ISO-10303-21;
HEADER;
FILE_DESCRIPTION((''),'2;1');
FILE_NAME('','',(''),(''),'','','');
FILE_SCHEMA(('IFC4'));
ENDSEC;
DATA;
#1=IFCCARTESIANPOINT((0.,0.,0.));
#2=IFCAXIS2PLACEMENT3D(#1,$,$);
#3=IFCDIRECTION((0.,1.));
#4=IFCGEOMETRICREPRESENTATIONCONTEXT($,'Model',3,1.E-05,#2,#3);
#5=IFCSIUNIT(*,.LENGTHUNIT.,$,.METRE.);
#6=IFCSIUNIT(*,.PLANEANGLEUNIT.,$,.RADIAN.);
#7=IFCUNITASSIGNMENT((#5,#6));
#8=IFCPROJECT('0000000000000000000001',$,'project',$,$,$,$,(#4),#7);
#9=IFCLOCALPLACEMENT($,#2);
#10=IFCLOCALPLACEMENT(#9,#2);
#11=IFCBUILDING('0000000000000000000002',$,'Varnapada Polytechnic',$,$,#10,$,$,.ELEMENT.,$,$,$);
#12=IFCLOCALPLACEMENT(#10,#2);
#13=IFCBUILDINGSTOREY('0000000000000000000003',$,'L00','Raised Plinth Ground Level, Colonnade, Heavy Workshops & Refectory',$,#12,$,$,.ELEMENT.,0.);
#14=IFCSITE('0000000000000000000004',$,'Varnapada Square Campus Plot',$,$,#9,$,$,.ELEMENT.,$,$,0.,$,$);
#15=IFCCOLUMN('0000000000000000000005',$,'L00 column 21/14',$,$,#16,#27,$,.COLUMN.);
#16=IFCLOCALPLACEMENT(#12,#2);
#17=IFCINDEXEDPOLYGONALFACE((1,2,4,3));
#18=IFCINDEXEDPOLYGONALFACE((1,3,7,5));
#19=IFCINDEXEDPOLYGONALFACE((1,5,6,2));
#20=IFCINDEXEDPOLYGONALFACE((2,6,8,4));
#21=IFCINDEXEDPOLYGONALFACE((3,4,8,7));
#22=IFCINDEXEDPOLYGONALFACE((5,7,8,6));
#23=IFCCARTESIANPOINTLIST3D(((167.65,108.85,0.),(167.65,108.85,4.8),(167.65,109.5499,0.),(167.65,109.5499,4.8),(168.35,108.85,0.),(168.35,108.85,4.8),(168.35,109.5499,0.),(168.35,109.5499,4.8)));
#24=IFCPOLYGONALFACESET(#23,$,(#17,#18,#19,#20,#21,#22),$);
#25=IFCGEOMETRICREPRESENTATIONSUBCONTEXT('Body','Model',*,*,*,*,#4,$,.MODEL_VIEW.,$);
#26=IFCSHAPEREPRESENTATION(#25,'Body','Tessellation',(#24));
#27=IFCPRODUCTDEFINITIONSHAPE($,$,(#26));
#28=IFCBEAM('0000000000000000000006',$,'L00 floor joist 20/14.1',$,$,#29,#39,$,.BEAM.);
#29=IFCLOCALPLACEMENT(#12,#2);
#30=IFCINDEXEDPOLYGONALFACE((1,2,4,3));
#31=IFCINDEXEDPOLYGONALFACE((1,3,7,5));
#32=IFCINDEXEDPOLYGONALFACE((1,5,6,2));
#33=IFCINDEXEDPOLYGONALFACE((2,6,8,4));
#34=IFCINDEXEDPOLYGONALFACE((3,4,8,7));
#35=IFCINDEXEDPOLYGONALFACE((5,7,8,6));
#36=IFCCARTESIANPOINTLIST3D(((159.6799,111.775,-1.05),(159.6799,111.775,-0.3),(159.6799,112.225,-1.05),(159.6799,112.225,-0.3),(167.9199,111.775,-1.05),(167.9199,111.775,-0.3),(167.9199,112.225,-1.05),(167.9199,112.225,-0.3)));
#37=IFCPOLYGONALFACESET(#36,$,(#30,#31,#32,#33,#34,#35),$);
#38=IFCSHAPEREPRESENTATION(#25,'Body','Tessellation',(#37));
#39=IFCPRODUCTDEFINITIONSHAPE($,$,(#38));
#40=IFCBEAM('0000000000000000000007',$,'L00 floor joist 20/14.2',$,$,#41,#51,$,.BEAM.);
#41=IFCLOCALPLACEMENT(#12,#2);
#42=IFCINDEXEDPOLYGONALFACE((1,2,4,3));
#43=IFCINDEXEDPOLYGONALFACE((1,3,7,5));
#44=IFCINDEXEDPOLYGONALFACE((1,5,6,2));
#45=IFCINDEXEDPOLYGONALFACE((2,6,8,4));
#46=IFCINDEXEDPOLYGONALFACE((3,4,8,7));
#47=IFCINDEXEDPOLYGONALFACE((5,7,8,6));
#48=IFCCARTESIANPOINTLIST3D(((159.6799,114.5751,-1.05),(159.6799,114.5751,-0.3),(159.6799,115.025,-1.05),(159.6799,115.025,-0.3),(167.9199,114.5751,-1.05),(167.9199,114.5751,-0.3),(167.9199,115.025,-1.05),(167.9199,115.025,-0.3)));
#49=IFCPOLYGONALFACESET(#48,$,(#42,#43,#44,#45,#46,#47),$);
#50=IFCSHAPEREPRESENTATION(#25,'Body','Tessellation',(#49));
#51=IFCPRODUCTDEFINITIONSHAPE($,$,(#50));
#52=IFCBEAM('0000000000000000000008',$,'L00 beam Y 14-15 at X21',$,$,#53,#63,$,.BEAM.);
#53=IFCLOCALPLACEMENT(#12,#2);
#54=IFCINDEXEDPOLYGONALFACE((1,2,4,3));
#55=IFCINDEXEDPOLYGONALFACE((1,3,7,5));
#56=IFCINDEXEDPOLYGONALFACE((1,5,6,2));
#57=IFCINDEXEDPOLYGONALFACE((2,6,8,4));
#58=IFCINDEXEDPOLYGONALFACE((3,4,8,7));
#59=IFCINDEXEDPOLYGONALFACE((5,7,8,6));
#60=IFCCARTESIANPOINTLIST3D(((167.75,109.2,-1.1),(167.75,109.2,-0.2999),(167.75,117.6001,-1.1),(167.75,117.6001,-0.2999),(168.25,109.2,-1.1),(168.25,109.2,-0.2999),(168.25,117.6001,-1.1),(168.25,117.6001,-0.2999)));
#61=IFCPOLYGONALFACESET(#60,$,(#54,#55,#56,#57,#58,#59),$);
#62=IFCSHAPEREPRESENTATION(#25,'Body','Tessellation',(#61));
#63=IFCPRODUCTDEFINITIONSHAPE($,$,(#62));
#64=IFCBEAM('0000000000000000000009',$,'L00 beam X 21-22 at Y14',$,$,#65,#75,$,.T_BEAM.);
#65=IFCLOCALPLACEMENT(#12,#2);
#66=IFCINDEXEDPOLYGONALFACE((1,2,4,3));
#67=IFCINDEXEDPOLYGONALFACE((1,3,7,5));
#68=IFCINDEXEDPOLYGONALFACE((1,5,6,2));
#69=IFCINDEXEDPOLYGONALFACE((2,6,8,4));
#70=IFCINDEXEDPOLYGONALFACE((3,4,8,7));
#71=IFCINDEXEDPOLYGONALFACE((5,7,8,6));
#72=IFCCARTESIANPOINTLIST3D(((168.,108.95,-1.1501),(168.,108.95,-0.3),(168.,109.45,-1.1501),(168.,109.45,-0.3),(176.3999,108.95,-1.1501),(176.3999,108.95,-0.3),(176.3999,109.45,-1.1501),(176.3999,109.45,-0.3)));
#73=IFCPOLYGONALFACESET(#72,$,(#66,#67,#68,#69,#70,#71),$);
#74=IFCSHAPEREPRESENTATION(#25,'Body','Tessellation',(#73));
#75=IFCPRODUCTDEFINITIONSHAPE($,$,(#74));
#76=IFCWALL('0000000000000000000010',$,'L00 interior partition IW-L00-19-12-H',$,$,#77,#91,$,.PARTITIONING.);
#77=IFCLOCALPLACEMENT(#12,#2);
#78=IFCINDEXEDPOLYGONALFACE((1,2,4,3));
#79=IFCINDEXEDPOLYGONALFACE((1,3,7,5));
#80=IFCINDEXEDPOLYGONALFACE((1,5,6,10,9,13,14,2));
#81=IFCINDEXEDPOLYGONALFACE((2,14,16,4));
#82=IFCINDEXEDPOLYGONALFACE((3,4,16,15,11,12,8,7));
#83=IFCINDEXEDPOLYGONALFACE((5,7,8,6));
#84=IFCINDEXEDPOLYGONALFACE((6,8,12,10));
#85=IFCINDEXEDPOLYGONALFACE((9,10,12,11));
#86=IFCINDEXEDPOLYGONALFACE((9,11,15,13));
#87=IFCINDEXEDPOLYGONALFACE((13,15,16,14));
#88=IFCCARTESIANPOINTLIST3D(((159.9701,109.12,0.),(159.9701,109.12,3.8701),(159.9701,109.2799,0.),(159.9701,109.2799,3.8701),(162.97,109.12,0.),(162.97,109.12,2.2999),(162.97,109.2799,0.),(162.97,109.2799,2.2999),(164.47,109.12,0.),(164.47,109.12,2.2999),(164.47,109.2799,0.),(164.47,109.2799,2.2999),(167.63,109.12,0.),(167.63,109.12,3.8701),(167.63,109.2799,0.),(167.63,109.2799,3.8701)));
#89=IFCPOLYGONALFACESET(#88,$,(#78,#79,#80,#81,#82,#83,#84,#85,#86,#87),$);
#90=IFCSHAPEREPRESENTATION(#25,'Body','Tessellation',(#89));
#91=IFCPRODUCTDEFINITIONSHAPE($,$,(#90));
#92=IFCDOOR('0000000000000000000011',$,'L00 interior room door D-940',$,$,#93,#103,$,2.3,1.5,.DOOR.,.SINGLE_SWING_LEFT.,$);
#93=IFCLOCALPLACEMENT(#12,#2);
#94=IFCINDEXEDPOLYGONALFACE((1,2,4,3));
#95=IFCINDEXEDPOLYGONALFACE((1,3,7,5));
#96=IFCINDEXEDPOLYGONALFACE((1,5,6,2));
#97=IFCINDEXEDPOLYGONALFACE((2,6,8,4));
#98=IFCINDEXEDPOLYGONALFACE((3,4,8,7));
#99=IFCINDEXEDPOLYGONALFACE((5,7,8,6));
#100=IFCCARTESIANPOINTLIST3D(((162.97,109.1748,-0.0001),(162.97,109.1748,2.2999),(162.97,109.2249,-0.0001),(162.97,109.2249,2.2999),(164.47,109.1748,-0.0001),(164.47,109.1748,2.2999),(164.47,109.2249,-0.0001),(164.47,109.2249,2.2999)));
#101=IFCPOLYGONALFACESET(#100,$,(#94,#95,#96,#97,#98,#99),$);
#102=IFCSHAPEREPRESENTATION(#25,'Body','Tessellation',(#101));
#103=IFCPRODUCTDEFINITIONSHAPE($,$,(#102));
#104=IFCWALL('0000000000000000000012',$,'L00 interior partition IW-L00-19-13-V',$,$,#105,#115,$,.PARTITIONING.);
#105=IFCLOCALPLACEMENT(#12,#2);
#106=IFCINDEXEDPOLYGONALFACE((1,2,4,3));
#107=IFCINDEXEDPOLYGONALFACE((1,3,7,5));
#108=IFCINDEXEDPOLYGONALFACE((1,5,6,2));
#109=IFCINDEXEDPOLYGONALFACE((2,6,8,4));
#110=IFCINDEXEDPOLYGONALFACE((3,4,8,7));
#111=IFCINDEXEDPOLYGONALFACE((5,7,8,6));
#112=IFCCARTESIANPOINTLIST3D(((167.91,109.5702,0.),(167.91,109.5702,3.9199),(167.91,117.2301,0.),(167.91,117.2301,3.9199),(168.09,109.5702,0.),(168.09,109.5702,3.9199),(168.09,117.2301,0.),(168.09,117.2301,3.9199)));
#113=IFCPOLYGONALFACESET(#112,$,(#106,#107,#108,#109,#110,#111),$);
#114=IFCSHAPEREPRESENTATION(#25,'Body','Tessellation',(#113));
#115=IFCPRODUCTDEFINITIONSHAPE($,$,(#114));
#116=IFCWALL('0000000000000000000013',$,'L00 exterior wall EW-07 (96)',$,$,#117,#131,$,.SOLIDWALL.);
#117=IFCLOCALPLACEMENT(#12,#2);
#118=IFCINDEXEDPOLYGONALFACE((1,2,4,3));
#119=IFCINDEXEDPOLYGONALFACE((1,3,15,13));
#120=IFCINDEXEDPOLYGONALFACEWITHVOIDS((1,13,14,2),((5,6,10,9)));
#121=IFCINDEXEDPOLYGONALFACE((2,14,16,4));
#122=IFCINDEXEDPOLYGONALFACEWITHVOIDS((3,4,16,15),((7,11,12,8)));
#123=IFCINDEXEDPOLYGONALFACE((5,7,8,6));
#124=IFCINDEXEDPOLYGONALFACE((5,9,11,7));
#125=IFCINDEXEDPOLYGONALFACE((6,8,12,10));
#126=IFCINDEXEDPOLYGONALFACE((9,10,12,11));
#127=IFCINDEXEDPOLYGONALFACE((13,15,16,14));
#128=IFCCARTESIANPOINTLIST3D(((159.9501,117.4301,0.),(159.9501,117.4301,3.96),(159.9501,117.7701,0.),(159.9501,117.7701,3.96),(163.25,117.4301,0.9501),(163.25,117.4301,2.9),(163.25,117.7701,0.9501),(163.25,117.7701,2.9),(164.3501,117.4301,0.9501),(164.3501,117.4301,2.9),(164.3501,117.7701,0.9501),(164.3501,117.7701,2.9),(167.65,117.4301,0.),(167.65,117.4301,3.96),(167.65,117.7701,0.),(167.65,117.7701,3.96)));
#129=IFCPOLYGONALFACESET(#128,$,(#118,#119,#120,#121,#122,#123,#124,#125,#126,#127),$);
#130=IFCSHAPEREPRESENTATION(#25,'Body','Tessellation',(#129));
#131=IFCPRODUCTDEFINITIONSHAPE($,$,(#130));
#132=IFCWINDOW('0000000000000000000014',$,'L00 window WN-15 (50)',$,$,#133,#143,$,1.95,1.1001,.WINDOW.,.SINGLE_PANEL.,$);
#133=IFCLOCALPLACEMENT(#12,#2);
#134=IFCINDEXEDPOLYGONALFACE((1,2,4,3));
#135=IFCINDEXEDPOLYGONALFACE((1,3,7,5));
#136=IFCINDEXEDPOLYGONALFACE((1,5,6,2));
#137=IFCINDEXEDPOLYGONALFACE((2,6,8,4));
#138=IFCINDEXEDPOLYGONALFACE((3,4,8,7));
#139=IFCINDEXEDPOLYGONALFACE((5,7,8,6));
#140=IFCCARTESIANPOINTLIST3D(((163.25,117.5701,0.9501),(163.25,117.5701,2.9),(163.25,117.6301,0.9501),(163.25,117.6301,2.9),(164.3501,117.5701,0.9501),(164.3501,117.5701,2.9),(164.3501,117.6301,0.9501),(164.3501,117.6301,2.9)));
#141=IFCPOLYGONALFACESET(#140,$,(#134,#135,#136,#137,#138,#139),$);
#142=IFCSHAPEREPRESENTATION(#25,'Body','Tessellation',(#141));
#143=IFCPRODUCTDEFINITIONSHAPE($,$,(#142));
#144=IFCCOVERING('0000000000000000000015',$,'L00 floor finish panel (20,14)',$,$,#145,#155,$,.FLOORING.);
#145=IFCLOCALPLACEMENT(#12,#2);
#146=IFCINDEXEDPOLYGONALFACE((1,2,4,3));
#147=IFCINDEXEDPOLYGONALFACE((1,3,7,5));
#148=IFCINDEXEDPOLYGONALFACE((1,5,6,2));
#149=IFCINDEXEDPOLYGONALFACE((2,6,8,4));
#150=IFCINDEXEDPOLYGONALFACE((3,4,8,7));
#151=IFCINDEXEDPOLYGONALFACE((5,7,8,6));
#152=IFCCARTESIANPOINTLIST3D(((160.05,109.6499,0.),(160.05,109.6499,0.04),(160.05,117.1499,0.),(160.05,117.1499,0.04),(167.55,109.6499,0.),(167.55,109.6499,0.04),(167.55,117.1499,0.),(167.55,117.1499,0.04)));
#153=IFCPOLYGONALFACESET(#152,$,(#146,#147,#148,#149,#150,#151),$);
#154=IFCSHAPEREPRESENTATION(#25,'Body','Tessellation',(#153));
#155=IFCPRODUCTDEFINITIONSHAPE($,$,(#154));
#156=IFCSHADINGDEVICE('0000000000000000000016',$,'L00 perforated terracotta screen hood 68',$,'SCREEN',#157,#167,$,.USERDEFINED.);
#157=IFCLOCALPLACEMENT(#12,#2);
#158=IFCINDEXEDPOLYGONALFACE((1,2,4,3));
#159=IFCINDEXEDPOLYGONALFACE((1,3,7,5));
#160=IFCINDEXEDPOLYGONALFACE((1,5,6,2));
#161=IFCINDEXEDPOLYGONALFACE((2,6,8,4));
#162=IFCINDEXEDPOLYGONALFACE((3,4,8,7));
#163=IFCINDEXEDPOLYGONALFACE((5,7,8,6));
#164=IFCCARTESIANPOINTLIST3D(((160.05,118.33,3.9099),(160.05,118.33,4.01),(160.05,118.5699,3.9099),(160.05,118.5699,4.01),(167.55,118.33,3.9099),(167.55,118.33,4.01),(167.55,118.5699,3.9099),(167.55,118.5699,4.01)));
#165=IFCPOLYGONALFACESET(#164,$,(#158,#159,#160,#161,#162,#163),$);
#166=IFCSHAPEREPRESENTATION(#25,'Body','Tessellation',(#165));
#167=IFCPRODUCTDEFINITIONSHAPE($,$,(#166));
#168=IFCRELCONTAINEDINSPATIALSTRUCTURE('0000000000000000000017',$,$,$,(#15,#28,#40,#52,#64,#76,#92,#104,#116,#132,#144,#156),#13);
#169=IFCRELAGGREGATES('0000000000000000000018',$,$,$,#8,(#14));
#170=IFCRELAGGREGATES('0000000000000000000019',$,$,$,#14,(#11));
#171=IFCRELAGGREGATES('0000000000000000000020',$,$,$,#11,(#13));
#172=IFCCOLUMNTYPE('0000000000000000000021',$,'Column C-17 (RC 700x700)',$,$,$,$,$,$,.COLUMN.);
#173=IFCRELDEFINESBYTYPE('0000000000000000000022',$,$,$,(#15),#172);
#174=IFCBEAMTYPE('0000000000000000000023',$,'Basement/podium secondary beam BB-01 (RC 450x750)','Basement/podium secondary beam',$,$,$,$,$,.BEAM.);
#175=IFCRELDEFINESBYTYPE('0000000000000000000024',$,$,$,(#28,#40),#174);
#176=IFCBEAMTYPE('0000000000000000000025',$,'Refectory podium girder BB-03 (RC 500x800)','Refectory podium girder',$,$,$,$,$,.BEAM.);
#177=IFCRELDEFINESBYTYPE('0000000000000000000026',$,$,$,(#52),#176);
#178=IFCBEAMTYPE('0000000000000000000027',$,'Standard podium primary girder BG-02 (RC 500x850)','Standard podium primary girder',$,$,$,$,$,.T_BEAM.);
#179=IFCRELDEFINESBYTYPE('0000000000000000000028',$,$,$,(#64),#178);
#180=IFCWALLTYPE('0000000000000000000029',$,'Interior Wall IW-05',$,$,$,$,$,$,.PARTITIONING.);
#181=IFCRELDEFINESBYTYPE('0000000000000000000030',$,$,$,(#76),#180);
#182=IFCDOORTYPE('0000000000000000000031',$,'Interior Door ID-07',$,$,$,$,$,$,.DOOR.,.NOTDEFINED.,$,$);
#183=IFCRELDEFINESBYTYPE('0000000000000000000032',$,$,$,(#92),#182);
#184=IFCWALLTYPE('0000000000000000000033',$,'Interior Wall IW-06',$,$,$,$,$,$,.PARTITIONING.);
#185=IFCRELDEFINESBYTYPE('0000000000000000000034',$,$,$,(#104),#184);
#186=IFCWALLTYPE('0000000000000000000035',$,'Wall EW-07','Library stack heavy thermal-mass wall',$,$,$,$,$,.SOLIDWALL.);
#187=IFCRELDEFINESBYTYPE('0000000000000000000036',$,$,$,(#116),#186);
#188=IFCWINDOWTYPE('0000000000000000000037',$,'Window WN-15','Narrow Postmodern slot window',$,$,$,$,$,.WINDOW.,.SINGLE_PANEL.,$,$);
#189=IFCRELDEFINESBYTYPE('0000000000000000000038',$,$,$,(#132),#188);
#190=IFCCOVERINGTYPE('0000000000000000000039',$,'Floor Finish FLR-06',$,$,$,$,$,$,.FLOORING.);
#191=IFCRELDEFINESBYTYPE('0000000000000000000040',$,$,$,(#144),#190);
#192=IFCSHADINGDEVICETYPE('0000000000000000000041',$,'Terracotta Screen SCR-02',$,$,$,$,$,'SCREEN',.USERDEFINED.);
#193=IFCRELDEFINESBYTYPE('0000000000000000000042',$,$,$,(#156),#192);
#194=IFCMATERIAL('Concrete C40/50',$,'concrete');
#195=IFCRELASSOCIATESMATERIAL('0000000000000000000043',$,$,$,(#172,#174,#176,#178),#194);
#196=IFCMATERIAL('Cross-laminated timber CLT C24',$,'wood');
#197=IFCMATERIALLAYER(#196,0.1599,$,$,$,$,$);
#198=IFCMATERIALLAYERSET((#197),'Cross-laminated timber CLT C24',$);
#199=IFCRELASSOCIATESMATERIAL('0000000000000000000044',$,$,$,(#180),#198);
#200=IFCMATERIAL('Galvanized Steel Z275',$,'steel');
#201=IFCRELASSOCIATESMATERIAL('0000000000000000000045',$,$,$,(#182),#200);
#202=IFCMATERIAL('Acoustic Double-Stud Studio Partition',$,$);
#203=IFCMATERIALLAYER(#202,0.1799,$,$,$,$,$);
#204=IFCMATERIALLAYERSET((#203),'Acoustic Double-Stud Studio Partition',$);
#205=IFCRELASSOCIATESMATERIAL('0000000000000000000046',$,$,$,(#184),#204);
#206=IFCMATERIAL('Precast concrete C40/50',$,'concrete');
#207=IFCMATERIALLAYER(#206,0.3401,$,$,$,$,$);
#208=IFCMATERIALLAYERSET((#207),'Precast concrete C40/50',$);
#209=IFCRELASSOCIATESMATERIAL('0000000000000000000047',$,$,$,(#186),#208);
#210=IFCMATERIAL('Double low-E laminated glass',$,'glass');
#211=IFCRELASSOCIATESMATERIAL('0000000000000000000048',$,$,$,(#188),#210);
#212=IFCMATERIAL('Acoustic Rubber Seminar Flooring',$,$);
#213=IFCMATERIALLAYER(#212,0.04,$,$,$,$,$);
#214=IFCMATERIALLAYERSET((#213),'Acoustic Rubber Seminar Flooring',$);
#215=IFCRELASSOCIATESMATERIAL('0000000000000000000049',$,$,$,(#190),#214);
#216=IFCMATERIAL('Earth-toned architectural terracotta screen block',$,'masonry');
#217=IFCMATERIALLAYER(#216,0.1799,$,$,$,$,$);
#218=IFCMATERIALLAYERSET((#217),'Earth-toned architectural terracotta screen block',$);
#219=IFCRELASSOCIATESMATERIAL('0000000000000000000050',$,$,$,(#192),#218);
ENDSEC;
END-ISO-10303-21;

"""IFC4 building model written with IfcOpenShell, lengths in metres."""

from ifc_helpers import new_model, si_unit, direction, frame, frame_2d, origin, origin_2d, place, context, subcontext, project, spatial, rectangle, extrude, material, layer, layer_set, material_profile, profile_set, type_object, element, fill, save


model = new_model("IFC4")

# Units and contexts
model_context = context("Model", 3, precision=1e-05, world=origin(), true_north=direction((0.0, 1.0)))
body_context = subcontext(model_context, "Body", "Model", "MODEL_VIEW")
ifc_project = project(units=[si_unit("LENGTHUNIT", "METRE"), si_unit("PLANEANGLEUNIT", "RADIAN")], contexts=[model_context])

# Site, building, storey
site_placement = place(None, origin())
site = spatial("IfcSite", under=ifc_project, at=site_placement, Name="Varnapada Square Campus Plot", CompositionType="ELEMENT", RefElevation=0.0)
building_placement = place(site_placement, origin())
building = spatial("IfcBuilding", under=site, at=building_placement, Name="Varnapada Polytechnic", CompositionType="ELEMENT")
storey_placement = place(building_placement, origin())
storey = spatial("IfcBuildingStorey", under=building, at=storey_placement, Name="L00", Description="Raised Plinth Ground Level, Colonnade, Heavy Workshops & Refectory", CompositionType="ELEMENT", Elevation=0.0)

# Column
ifc_material_1 = material(Name="Concrete C40/50", Category="concrete")
ifc_material_profile_1 = material_profile(ifc_material_1, rectangle(XDim=0.7, YDim=0.7, at=origin_2d()), Name="RC 700x700")
ifc_profile_set_1 = profile_set([ifc_material_profile_1], Name="Concrete C40/50")
column_type = type_object("IfcColumnType", Name="Column C-17 (RC 700x700)", PredefinedType="COLUMN", material=ifc_profile_set_1)
column_placement = place(storey_placement, frame((168.0, 109.2, 0.0), z_axis=(0.0, 0.0, 1.0), x_axis=(1.0, 0.0, 0.0)))
element("IfcColumn", 1, at=column_placement, inside=storey, type_object=column_type, Name="L00 column 21/14", PredefinedType="COLUMN", context=body_context, shape_type="SweptSolid", body=[
    extrude(rectangle(XDim=0.7, YDim=0.7, at=origin_2d()), origin(), (0.0, 0.0, 1.0), 4.8),
])

# Beams
ifc_material_profile_2 = material_profile(ifc_material_1, rectangle(XDim=0.45, YDim=0.75, at=origin_2d()), Name="RC 450x750")
ifc_profile_set_2 = profile_set([ifc_material_profile_2], Name="Concrete C40/50")
beam_type_1 = type_object("IfcBeamType", Name="Basement/podium secondary beam BB-01 (RC 450x750)", Description="Basement/podium secondary beam", PredefinedType="BEAM", material=ifc_profile_set_2)
for number, where, z_axis, x_axis, name in (
    (2, (159.6799, 112.0, -0.675), (1.0, 0.0, 0.0), (0.0, 1.0, 0.0), "L00 floor joist 20/14.1"),
    (3, (159.6799, 114.8, -0.675), (1.0, 0.0, 0.0), (0.0, 1.0, 0.0), "L00 floor joist 20/14.2"),
):
    element("IfcBeam", number, at=place(storey_placement, frame(where, z_axis=z_axis, x_axis=x_axis)), inside=storey, type_object=beam_type_1, Name=name, PredefinedType="BEAM", context=body_context, shape_type="SweptSolid", body=[
        extrude(rectangle(XDim=0.45, YDim=0.75, at=origin_2d()), origin(), (0.0, 0.0, 1.0), 8.24),
    ])
ifc_material_profile_3 = material_profile(ifc_material_1, rectangle(XDim=0.5, YDim=0.8, at=origin_2d()), Name="RC 500x800")
ifc_profile_set_3 = profile_set([ifc_material_profile_3], Name="Concrete C40/50")
beam_type_2 = type_object("IfcBeamType", Name="Refectory podium girder BB-03 (RC 500x800)", Description="Refectory podium girder", PredefinedType="BEAM", material=ifc_profile_set_3)
beam_1_placement = place(storey_placement, frame((168.0, 109.2, -0.7), z_axis=(0.0, 1.0, 0.0), x_axis=(-1.0, 0.0, 0.0)))
element("IfcBeam", 4, at=beam_1_placement, inside=storey, type_object=beam_type_2, Name="L00 beam Y 14-15 at X21", PredefinedType="BEAM", context=body_context, shape_type="SweptSolid", body=[
    extrude(rectangle(XDim=0.5, YDim=0.8, at=origin_2d()), origin(), (0.0, 0.0, 1.0), 8.4001),
])
ifc_material_profile_4 = material_profile(ifc_material_1, rectangle(XDim=0.5, YDim=0.8501, at=origin_2d()), Name="RC 500x850")
ifc_profile_set_4 = profile_set([ifc_material_profile_4], Name="Concrete C40/50")
beam_type_3 = type_object("IfcBeamType", Name="Standard podium primary girder BG-02 (RC 500x850)", Description="Standard podium primary girder", PredefinedType="T_BEAM", material=ifc_profile_set_4)
beam_2_placement = place(storey_placement, frame((168.0, 109.2, -0.7251), z_axis=(1.0, 0.0, 0.0), x_axis=(0.0, 1.0, 0.0)))
element("IfcBeam", 5, at=beam_2_placement, inside=storey, type_object=beam_type_3, Name="L00 beam X 21-22 at Y14", PredefinedType="T_BEAM", context=body_context, shape_type="SweptSolid", body=[
    extrude(rectangle(XDim=0.5, YDim=0.8501, at=origin_2d()), origin(), (0.0, 0.0, 1.0), 8.3999),
])

# Wall, opening, door
ifc_material_2 = material(Name="Cross-laminated timber CLT C24", Category="wood")
ifc_layer_1 = layer(ifc_material_2, 0.1599)
ifc_layer_set_1 = layer_set([ifc_layer_1], Name="Cross-laminated timber CLT C24")
wall_type_1 = type_object("IfcWallType", Name="Interior Wall IW-05", PredefinedType="PARTITIONING", material=ifc_layer_set_1)
wall_1_placement = place(storey_placement, frame((159.97, 109.2, 0.0), z_axis=(0.0, 0.0, 1.0), x_axis=(1.0, 0.0, 0.0)))
wall_1 = element("IfcWall", 6, at=wall_1_placement, inside=storey, type_object=wall_type_1, Name="L00 interior partition IW-L00-19-12-H", PredefinedType="PARTITIONING", context=body_context, shape_type="SweptSolid", body=[
    extrude(rectangle(XDim=7.6599, YDim=0.1599, at=frame_2d((3.8301, 0.0))), origin(), (0.0, 0.0, 1.0), 3.8701),
])
opening_1_placement = place(wall_1_placement, frame((3.0, 0.0, 0.0)))
opening_1 = element("IfcOpeningElement", 7, at=opening_1_placement, cuts=wall_1, PredefinedType="OPENING", context=body_context, shape_type="SweptSolid", body=[
    extrude(rectangle(XDim=1.5, YDim=2.3, at=frame_2d((0.75, 1.1499))), frame((0.0, 0.0898, 0.0), z_axis=(0.0, -1.0, 0.0), x_axis=(1.0, 0.0, 0.0)), (0.0, 0.0, 1.0), 0.1799),
])
ifc_material_3 = material(Name="Galvanized Steel Z275", Category="steel")
door_type = type_object("IfcDoorType", Name="Interior Door ID-07", OperationType="NOTDEFINED", PredefinedType="DOOR", material=ifc_material_3)
door_placement = place(opening_1_placement, origin())
door = element("IfcDoor", 8, at=door_placement, inside=storey, type_object=door_type, Name="L00 interior room door D-940", OperationType="SINGLE_SWING_LEFT", OverallHeight=2.3, OverallWidth=1.5, PredefinedType="DOOR", context=body_context, shape_type="SweptSolid", body=[
    extrude(rectangle(XDim=1.5, YDim=2.3, at=frame_2d((0.75, 1.1499))), frame((0.0, 0.0249, 0.0), z_axis=(0.0, -1.0, 0.0), x_axis=(1.0, 0.0, 0.0)), (0.0, 0.0, 1.0), 0.05),
])
fill(opening_1, door)

# Wall
ifc_material_4 = material(Name="Acoustic Double-Stud Studio Partition")
ifc_layer_2 = layer(ifc_material_4, 0.1799)
ifc_layer_set_2 = layer_set([ifc_layer_2], Name="Acoustic Double-Stud Studio Partition")
wall_type_2 = type_object("IfcWallType", Name="Interior Wall IW-06", PredefinedType="PARTITIONING", material=ifc_layer_set_2)
wall_2_placement = place(storey_placement, frame((168.0, 109.5701, 0.0), z_axis=(0.0, 0.0, 1.0), x_axis=(0.0, 1.0, 0.0)))
element("IfcWall", 9, at=wall_2_placement, inside=storey, type_object=wall_type_2, Name="L00 interior partition IW-L00-19-13-V", PredefinedType="PARTITIONING", context=body_context, shape_type="SweptSolid", body=[
    extrude(rectangle(XDim=7.6599, YDim=0.1799, at=frame_2d((3.8301, 0.0))), origin(), (0.0, 0.0, 1.0), 3.9199),
])

# Wall, opening, window
ifc_material_5 = material(Name="Precast concrete C40/50", Category="concrete")
ifc_layer_3 = layer(ifc_material_5, 0.3401)
ifc_layer_set_3 = layer_set([ifc_layer_3], Name="Precast concrete C40/50")
wall_type_3 = type_object("IfcWallType", Name="Wall EW-07", Description="Library stack heavy thermal-mass wall", PredefinedType="SOLIDWALL", material=ifc_layer_set_3)
wall_3_placement = place(storey_placement, frame((159.95, 117.6001, 0.0), z_axis=(0.0, 0.0, 1.0), x_axis=(1.0, 0.0, 0.0)))
wall_3 = element("IfcWall", 10, at=wall_3_placement, inside=storey, type_object=wall_type_3, Name="L00 exterior wall EW-07 (96)", PredefinedType="SOLIDWALL", context=body_context, shape_type="SweptSolid", body=[
    extrude(rectangle(XDim=7.7, YDim=0.3401, at=frame_2d((3.8501, 0.0))), origin(), (0.0, 0.0, 1.0), 3.96),
])
opening_2_placement = place(wall_3_placement, frame((3.3, 0.0, 0.95)))
opening_2 = element("IfcOpeningElement", 11, at=opening_2_placement, cuts=wall_3, PredefinedType="OPENING", context=body_context, shape_type="SweptSolid", body=[
    extrude(rectangle(XDim=1.1001, YDim=1.95, at=frame_2d((0.55, 0.9751))), frame((0.0, 0.1799, 0.0), z_axis=(0.0, -1.0, 0.0), x_axis=(1.0, 0.0, 0.0)), (0.0, 0.0, 1.0), 0.3601),
])
ifc_material_6 = material(Name="Double low-E laminated glass", Category="glass")
window_type = type_object("IfcWindowType", Name="Window WN-15", Description="Narrow Postmodern slot window", PartitioningType="SINGLE_PANEL", PredefinedType="WINDOW", material=ifc_material_6)
window_placement = place(opening_2_placement, origin())
window = element("IfcWindow", 12, at=window_placement, inside=storey, type_object=window_type, Name="L00 window WN-15 (50)", OverallHeight=1.95, OverallWidth=1.1001, PartitioningType="SINGLE_PANEL", PredefinedType="WINDOW", context=body_context, shape_type="SweptSolid", body=[
    extrude(rectangle(XDim=1.1001, YDim=1.95, at=frame_2d((0.55, 0.9751))), frame((0.0, 0.03, 0.0), z_axis=(0.0, -1.0, 0.0), x_axis=(1.0, 0.0, 0.0)), (0.0, 0.0, 1.0), 0.0601),
])
fill(opening_2, window)

# Covering
ifc_material_7 = material(Name="Acoustic Rubber Seminar Flooring")
ifc_layer_4 = layer(ifc_material_7, 0.04)
ifc_layer_set_4 = layer_set([ifc_layer_4], Name="Acoustic Rubber Seminar Flooring")
covering_type_1 = type_object("IfcCoveringType", Name="Floor Finish FLR-06", PredefinedType="FLOORING", material=ifc_layer_set_4)
covering_1_placement = place(storey_placement, frame((163.8, 113.3999, 0.0), z_axis=(0.0, 0.0, 1.0), x_axis=(1.0, 0.0, 0.0)))
element("IfcCovering", 13, at=covering_1_placement, inside=storey, type_object=covering_type_1, Name="L00 floor finish panel (20,14)", PredefinedType="FLOORING", context=body_context, shape_type="SweptSolid", body=[
    extrude(rectangle(XDim=7.5, YDim=7.5, at=origin_2d()), origin(), (0.0, 0.0, 1.0), 0.04),
])

# Shared definitions
ifc_material_8 = material(Name="Earth-toned architectural terracotta screen block", Category="masonry")

# Shading device
ifc_layer_5 = layer(ifc_material_8, 0.1799)
ifc_layer_set_5 = layer_set([ifc_layer_5], Name="Earth-toned architectural terracotta screen block")
shading_device_type = type_object("IfcShadingDeviceType", Name="Terracotta Screen SCR-02", ElementType="SCREEN", PredefinedType="USERDEFINED", material=ifc_layer_set_5)
shading_device_placement = place(storey_placement, frame((163.8, 118.45, 3.9099), z_axis=(0.0, 0.0, 1.0), x_axis=(1.0, 0.0, 0.0)))
element("IfcShadingDevice", 14, at=shading_device_placement, inside=storey, type_object=shading_device_type, Name="L00 perforated terracotta screen hood 68", ObjectType="SCREEN", PredefinedType="USERDEFINED", context=body_context, shape_type="SweptSolid", body=[
    extrude(rectangle(XDim=7.5, YDim=0.24, at=origin_2d()), origin(), (0.0, 0.0, 1.0), 0.1001),
])

save(model, "model.ifc")
